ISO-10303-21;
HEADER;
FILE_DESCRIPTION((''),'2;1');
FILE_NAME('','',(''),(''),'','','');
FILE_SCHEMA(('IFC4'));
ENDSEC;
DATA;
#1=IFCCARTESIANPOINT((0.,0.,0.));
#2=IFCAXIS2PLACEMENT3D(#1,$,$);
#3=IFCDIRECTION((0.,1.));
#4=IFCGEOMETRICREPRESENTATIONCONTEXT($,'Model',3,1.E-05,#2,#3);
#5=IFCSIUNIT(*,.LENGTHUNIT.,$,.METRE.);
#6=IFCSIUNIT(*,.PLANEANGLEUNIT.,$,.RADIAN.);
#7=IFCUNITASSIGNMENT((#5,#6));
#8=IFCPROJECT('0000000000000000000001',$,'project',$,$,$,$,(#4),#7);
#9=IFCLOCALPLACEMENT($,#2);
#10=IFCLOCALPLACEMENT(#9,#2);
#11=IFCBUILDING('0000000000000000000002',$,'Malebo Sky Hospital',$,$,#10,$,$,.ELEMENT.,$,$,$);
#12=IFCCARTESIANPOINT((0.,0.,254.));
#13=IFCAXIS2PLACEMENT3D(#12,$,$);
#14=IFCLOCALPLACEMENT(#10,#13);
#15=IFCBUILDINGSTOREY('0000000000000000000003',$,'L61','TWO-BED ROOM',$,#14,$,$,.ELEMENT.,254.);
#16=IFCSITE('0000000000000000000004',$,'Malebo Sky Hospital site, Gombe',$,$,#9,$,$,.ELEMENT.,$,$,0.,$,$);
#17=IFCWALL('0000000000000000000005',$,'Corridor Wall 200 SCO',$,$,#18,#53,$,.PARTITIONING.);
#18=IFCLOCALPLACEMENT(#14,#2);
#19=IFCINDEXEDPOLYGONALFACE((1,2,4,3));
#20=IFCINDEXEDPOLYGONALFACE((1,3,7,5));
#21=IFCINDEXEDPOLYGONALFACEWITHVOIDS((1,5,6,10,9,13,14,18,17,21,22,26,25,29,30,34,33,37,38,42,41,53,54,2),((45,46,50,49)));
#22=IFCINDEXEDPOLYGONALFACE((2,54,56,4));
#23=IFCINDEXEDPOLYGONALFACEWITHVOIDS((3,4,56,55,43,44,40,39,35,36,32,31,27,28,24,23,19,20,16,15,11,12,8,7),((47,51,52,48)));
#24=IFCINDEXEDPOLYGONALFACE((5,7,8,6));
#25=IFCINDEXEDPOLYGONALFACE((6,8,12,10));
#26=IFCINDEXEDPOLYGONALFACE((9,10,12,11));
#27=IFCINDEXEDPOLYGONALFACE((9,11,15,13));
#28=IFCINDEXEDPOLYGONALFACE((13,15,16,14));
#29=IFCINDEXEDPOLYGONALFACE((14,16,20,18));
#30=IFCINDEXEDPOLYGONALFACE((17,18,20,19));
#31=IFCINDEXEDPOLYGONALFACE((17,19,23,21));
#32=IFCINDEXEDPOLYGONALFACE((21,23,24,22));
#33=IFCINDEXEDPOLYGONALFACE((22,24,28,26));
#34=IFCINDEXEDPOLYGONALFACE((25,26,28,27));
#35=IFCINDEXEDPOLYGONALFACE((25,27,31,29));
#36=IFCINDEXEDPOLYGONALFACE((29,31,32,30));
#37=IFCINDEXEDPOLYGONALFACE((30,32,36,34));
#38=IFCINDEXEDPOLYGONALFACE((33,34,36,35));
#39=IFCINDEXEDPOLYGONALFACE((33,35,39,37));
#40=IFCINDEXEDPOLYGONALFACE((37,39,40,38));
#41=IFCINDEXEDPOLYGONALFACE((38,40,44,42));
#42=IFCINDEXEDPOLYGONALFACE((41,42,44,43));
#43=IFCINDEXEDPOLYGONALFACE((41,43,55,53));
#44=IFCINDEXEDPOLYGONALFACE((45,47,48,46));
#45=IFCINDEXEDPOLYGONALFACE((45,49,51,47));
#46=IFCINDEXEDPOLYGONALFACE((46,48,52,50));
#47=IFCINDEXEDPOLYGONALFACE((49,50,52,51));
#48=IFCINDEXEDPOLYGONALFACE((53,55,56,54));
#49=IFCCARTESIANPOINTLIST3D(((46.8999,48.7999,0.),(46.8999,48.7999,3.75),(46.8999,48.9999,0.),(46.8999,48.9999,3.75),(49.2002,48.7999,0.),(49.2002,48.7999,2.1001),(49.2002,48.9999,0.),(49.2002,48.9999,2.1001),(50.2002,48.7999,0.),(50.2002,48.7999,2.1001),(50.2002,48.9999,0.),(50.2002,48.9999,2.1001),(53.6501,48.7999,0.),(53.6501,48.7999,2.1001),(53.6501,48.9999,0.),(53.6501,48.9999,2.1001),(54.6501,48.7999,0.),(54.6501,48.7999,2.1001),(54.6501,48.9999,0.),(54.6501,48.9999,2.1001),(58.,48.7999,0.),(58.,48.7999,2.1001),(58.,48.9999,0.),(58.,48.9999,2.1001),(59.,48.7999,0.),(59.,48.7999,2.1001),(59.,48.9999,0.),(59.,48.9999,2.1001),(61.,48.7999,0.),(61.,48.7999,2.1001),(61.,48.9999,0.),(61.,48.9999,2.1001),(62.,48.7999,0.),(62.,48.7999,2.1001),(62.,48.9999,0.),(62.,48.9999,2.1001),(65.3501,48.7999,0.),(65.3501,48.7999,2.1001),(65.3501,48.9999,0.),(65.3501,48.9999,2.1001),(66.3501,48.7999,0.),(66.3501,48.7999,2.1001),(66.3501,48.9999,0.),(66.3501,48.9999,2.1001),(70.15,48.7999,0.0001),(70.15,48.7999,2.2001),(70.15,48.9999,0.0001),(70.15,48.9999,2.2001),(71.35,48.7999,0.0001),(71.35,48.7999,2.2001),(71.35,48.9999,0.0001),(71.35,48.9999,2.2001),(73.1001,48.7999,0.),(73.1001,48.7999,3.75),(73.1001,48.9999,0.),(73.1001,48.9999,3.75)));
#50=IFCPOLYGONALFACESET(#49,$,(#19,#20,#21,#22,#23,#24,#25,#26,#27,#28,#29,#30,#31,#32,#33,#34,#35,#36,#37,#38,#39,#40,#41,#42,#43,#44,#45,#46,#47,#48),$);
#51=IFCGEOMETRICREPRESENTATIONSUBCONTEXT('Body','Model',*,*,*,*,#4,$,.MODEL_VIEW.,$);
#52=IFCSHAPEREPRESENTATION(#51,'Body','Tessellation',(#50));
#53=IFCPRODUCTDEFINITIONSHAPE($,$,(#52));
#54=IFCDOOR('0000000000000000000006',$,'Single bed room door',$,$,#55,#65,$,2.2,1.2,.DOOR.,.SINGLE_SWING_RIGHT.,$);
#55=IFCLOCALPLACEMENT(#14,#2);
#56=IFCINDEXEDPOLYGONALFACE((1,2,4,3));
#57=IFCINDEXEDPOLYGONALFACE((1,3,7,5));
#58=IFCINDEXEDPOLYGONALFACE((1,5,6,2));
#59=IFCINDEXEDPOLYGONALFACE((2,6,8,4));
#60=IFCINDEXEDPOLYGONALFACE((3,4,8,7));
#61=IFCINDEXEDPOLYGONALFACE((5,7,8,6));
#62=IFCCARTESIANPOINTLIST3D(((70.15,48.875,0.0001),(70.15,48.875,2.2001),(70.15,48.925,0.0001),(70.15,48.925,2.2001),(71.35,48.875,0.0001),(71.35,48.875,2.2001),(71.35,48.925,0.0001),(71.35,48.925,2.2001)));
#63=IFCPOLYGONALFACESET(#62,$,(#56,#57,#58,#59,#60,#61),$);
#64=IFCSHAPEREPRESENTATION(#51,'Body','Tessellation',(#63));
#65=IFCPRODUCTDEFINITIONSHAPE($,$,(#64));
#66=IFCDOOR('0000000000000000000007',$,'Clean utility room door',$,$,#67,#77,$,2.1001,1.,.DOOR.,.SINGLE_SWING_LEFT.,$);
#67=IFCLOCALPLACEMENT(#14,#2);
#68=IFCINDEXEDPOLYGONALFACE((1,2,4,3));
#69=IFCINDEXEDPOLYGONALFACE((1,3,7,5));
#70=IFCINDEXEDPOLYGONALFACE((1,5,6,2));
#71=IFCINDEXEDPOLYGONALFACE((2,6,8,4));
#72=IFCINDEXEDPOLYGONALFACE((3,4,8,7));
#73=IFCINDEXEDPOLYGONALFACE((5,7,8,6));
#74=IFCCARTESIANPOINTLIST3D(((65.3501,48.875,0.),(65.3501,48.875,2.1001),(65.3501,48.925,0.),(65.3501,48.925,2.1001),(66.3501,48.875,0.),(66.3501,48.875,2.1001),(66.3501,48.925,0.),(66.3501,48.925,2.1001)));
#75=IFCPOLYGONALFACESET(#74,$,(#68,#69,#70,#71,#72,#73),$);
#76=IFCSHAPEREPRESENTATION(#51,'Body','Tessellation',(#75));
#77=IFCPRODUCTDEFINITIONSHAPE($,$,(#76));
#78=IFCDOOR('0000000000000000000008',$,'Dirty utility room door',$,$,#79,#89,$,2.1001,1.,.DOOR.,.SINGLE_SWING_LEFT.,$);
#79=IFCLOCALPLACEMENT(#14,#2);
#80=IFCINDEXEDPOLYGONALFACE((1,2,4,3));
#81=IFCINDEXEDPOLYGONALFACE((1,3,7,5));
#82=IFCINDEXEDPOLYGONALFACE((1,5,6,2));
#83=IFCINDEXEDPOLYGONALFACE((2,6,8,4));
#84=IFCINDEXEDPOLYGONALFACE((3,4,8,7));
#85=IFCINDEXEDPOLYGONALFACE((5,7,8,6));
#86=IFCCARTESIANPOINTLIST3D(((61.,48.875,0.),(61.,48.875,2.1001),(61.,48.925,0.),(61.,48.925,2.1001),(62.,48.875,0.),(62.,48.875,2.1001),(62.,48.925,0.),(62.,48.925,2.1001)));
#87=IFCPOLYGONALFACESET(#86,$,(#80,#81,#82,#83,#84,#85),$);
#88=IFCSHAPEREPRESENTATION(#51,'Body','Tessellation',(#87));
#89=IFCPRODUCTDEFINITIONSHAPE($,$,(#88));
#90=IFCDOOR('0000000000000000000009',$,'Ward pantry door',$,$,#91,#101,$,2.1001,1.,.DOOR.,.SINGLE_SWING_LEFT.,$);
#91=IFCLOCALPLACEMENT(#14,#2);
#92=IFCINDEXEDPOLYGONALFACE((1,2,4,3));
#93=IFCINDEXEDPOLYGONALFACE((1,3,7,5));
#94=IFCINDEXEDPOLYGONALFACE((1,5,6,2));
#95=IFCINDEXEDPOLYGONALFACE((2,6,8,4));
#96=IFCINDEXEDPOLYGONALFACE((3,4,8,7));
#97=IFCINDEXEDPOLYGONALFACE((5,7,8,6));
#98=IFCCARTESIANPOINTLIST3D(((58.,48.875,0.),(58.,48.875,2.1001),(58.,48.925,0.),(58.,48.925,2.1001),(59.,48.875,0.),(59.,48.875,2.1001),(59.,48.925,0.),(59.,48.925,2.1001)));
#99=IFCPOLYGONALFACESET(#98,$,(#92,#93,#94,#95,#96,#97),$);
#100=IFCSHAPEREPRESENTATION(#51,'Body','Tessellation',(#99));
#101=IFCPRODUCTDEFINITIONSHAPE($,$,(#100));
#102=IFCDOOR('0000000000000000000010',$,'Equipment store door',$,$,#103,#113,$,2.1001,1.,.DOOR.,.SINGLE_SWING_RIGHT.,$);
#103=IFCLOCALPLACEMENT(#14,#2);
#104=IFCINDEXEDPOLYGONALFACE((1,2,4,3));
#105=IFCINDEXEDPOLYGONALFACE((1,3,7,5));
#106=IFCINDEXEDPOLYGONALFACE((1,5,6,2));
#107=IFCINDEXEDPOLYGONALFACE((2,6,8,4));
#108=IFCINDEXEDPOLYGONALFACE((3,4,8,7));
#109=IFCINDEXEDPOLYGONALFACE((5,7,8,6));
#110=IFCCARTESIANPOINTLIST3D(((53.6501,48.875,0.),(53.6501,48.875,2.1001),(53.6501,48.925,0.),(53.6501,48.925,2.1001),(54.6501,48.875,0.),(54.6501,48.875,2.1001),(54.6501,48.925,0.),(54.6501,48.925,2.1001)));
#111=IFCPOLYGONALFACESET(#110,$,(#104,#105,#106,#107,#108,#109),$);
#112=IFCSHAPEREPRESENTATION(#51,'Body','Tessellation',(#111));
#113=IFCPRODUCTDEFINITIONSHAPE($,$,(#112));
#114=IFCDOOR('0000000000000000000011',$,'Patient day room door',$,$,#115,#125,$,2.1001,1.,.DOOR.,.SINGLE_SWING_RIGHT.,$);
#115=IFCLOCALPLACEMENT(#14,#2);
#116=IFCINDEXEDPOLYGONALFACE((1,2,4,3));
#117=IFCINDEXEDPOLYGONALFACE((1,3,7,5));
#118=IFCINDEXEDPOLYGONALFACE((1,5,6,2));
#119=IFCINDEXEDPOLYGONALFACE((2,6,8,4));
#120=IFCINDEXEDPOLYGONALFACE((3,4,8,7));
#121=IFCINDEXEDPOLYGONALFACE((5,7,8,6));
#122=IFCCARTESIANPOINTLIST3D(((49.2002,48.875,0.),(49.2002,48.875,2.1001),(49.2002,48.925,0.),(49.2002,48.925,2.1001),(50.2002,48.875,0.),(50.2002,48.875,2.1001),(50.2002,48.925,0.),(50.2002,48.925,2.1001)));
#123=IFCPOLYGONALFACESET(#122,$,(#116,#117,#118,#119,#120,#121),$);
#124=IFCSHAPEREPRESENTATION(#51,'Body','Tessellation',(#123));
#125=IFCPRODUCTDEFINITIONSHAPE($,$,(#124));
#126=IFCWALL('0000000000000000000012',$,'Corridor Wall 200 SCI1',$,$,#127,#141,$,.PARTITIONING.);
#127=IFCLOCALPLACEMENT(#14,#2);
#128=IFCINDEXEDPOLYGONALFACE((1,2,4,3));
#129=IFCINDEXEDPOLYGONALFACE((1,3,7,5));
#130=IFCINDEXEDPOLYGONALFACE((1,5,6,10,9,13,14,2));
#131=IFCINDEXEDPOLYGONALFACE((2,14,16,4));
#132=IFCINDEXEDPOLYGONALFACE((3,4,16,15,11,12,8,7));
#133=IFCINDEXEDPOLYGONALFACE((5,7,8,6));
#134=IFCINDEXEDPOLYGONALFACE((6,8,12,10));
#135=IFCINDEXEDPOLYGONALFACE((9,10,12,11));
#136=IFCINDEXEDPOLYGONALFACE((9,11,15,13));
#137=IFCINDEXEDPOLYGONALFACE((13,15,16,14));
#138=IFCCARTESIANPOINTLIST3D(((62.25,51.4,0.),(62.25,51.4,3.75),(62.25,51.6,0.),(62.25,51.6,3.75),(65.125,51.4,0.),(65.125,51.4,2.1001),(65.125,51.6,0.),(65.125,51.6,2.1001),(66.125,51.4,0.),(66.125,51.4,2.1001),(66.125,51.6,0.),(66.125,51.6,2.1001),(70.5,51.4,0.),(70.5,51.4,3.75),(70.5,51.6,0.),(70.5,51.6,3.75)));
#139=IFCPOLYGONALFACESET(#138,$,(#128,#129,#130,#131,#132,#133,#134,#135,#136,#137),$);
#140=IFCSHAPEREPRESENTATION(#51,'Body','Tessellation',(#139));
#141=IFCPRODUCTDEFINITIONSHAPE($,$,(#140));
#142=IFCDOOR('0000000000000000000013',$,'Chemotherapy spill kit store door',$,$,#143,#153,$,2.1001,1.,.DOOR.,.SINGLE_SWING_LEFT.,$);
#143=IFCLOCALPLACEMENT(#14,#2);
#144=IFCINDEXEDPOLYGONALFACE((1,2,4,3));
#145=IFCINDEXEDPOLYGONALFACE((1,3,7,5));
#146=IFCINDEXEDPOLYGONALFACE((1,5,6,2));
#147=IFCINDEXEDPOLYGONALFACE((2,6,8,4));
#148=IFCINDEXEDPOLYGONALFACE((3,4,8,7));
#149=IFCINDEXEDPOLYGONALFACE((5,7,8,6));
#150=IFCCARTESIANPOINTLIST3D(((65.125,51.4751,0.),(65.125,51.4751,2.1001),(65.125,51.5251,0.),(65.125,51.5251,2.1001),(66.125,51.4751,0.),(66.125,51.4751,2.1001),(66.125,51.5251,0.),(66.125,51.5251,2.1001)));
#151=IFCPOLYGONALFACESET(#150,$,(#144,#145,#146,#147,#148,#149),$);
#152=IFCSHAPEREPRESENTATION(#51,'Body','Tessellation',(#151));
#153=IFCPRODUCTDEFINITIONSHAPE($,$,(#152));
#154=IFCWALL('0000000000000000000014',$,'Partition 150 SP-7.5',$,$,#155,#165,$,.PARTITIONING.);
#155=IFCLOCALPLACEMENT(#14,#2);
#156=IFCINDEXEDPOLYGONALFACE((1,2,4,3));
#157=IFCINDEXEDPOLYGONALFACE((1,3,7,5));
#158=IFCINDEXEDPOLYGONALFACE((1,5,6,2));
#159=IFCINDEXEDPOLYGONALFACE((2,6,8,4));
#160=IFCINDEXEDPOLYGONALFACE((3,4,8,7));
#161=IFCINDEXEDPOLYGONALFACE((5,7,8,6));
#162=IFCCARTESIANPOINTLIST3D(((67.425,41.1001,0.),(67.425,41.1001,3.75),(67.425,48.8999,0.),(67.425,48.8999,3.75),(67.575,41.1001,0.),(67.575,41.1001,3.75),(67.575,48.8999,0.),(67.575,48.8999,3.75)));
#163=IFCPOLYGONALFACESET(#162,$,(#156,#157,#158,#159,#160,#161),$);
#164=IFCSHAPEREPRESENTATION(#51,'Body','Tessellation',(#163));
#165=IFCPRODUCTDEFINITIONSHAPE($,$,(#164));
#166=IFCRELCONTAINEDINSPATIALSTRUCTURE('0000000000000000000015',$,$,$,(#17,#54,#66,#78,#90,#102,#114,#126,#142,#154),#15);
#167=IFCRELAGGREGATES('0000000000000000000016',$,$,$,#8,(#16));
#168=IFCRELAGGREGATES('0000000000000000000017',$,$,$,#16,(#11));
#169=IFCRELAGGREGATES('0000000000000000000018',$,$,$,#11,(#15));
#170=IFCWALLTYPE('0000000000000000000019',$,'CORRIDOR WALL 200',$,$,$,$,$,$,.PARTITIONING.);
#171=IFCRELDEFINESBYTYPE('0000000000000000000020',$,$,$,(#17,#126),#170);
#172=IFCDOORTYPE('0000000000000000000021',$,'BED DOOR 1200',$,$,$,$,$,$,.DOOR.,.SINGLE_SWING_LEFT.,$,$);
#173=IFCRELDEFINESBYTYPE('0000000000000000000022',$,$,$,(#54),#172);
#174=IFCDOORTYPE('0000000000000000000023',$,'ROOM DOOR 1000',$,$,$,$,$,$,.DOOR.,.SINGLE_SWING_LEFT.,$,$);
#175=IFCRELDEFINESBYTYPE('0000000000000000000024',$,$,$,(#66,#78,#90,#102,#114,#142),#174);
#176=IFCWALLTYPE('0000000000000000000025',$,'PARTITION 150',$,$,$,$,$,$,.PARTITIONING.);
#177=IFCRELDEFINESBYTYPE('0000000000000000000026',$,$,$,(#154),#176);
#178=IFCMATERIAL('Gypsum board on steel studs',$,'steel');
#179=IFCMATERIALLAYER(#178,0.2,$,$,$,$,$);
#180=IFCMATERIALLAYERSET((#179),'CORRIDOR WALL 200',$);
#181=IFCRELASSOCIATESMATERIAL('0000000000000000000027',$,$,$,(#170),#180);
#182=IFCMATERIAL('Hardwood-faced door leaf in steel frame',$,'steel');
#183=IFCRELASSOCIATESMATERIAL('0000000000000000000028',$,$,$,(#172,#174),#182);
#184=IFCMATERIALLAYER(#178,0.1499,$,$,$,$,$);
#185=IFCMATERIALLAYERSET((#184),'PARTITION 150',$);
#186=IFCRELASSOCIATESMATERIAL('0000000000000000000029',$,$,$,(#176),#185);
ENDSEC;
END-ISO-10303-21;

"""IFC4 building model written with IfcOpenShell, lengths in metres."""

from ifc_helpers import new_model, si_unit, direction, frame, frame_2d, origin, place, context, subcontext, project, spatial, rectangle, extrude, material, layer, layer_set, type_object, element, fill, save


model = new_model("IFC4")

# Units and contexts
model_context = context("Model", 3, precision=1e-05, world=origin(), true_north=direction((0.0, 1.0)))
body_context = subcontext(model_context, "Body", "Model", "MODEL_VIEW")
ifc_project = project(units=[si_unit("LENGTHUNIT", "METRE"), si_unit("PLANEANGLEUNIT", "RADIAN")], contexts=[model_context])

# Site, building, storey
site_placement = place(None, origin())
site = spatial("IfcSite", under=ifc_project, at=site_placement, Name="Malebo Sky Hospital site, Gombe", CompositionType="ELEMENT", RefElevation=0.0)
building_placement = place(site_placement, origin())
building = spatial("IfcBuilding", under=site, at=building_placement, Name="Malebo Sky Hospital", CompositionType="ELEMENT")
storey_placement = place(building_placement, frame((0.0, 0.0, 254.0)))
storey = spatial("IfcBuildingStorey", under=building, at=storey_placement, Name="L61", Description="TWO-BED ROOM", CompositionType="ELEMENT", Elevation=254.0)

# Shared definitions
ifc_material_1 = material(Name="Hardwood-faced door leaf in steel frame", Category="steel")

# Wall, openings, doors
ifc_material_2 = material(Name="Gypsum board on steel studs", Category="steel")
ifc_layer_1 = layer(ifc_material_2, 0.2)
ifc_layer_set_1 = layer_set([ifc_layer_1], Name="CORRIDOR WALL 200")
wall_type_1 = type_object("IfcWallType", Name="CORRIDOR WALL 200", PredefinedType="PARTITIONING", material=ifc_layer_set_1)
wall_1_placement = place(storey_placement, frame((73.1001, 48.8999, 0.0), z_axis=(0.0, 0.0, 1.0), x_axis=(-1.0, 0.0, 0.0)))
wall_1 = element("IfcWall", 1, at=wall_1_placement, inside=storey, type_object=wall_type_1, Name="Corridor Wall 200 SCO", PredefinedType="PARTITIONING", context=body_context, shape_type="SweptSolid", body=[
    extrude(rectangle(XDim=26.2002, YDim=0.2, at=frame_2d((13.1001, 0.0))), origin(), (0.0, 0.0, 1.0), 3.75),
])
opening_1_placement = place(wall_1_placement, frame((1.75, 0.0, 0.0)))
opening_1 = element("IfcOpeningElement", 2, at=opening_1_placement, cuts=wall_1, PredefinedType="OPENING", context=body_context, shape_type="SweptSolid", body=[
    extrude(rectangle(XDim=1.2, YDim=2.2, at=frame_2d((0.6001, 1.1001))), frame((0.0, 0.1099, 0.0), z_axis=(0.0, -1.0, 0.0), x_axis=(1.0, 0.0, 0.0)), (0.0, 0.0, 1.0), 0.22),
])
opening_2_placement = place(wall_1_placement, frame((6.75, 0.0, 0.0)))
opening_2 = element("IfcOpeningElement", 3, at=opening_2_placement, cuts=wall_1, PredefinedType="OPENING", context=body_context, shape_type="SweptSolid", body=[
    extrude(rectangle(XDim=1.0, YDim=2.1001, at=frame_2d((0.5, 1.05))), frame((0.0, 0.1099, 0.0), z_axis=(0.0, -1.0, 0.0), x_axis=(1.0, 0.0, 0.0)), (0.0, 0.0, 1.0), 0.22),
])
opening_3_placement = place(wall_1_placement, frame((11.1001, 0.0, 0.0)))
opening_3 = element("IfcOpeningElement", 4, at=opening_3_placement, cuts=wall_1, PredefinedType="OPENING", context=body_context, shape_type="SweptSolid", body=[
    extrude(rectangle(XDim=1.0, YDim=2.1001, at=frame_2d((0.5, 1.05))), frame((0.0, 0.1099, 0.0), z_axis=(0.0, -1.0, 0.0), x_axis=(1.0, 0.0, 0.0)), (0.0, 0.0, 1.0), 0.22),
])
opening_4_placement = place(wall_1_placement, frame((14.1001, 0.0, 0.0)))
opening_4 = element("IfcOpeningElement", 5, at=opening_4_placement, cuts=wall_1, PredefinedType="OPENING", context=body_context, shape_type="SweptSolid", body=[
    extrude(rectangle(XDim=1.0, YDim=2.1001, at=frame_2d((0.5, 1.05))), frame((0.0, 0.1099, 0.0), z_axis=(0.0, -1.0, 0.0), x_axis=(1.0, 0.0, 0.0)), (0.0, 0.0, 1.0), 0.22),
])
opening_5_placement = place(wall_1_placement, frame((18.45, 0.0, 0.0)))
opening_5 = element("IfcOpeningElement", 6, at=opening_5_placement, cuts=wall_1, PredefinedType="OPENING", context=body_context, shape_type="SweptSolid", body=[
    extrude(rectangle(XDim=1.0, YDim=2.1001, at=frame_2d((0.5, 1.05))), frame((0.0, 0.1099, 0.0), z_axis=(0.0, -1.0, 0.0), x_axis=(1.0, 0.0, 0.0)), (0.0, 0.0, 1.0), 0.22),
])
opening_6_placement = place(wall_1_placement, frame((22.8999, 0.0, 0.0)))
opening_6 = element("IfcOpeningElement", 7, at=opening_6_placement, cuts=wall_1, PredefinedType="OPENING", context=body_context, shape_type="SweptSolid", body=[
    extrude(rectangle(XDim=1.0, YDim=2.1001, at=frame_2d((0.5, 1.05))), frame((0.0, 0.1099, 0.0), z_axis=(0.0, -1.0, 0.0), x_axis=(1.0, 0.0, 0.0)), (0.0, 0.0, 1.0), 0.22),
])
door_type_1 = type_object("IfcDoorType", Name="BED DOOR 1200", OperationType="SINGLE_SWING_LEFT", PredefinedType="DOOR", material=ifc_material_1)
door_1_placement = place(opening_1_placement, origin())
door_1 = element("IfcDoor", 8, at=door_1_placement, inside=storey, type_object=door_type_1, Name="Single bed room door", OperationType="SINGLE_SWING_RIGHT", OverallHeight=2.2, OverallWidth=1.2, PredefinedType="DOOR", context=body_context, shape_type="SweptSolid", body=[
    extrude(rectangle(XDim=1.2, YDim=2.2, at=frame_2d((0.6001, 1.1001))), frame((0.0, 0.0249, 0.0), z_axis=(0.0, -1.0, 0.0), x_axis=(1.0, 0.0, 0.0)), (0.0, 0.0, 1.0), 0.05),
])
fill(opening_1, door_1)
door_type_2 = type_object("IfcDoorType", Name="ROOM DOOR 1000", OperationType="SINGLE_SWING_LEFT", PredefinedType="DOOR", material=ifc_material_1)
door_2_placement = place(opening_2_placement, origin())
door_2 = element("IfcDoor", 9, at=door_2_placement, inside=storey, type_object=door_type_2, Name="Clean utility room door", OperationType="SINGLE_SWING_LEFT", OverallHeight=2.1001, OverallWidth=1.0, PredefinedType="DOOR", context=body_context, shape_type="SweptSolid", body=[
    extrude(rectangle(XDim=1.0, YDim=2.1001, at=frame_2d((0.5, 1.05))), frame((0.0, 0.0249, 0.0), z_axis=(0.0, -1.0, 0.0), x_axis=(1.0, 0.0, 0.0)), (0.0, 0.0, 1.0), 0.05),
])
fill(opening_2, door_2)
door_3_placement = place(opening_3_placement, origin())
door_3 = element("IfcDoor", 10, at=door_3_placement, inside=storey, type_object=door_type_2, Name="Dirty utility room door", OperationType="SINGLE_SWING_LEFT", OverallHeight=2.1001, OverallWidth=1.0, PredefinedType="DOOR", context=body_context, shape_type="SweptSolid", body=[
    extrude(rectangle(XDim=1.0, YDim=2.1001, at=frame_2d((0.5, 1.05))), frame((0.0, 0.0249, 0.0), z_axis=(0.0, -1.0, 0.0), x_axis=(1.0, 0.0, 0.0)), (0.0, 0.0, 1.0), 0.05),
])
fill(opening_3, door_3)
door_4_placement = place(opening_4_placement, origin())
door_4 = element("IfcDoor", 11, at=door_4_placement, inside=storey, type_object=door_type_2, Name="Ward pantry door", OperationType="SINGLE_SWING_LEFT", OverallHeight=2.1001, OverallWidth=1.0, PredefinedType="DOOR", context=body_context, shape_type="SweptSolid", body=[
    extrude(rectangle(XDim=1.0, YDim=2.1001, at=frame_2d((0.5, 1.05))), frame((0.0, 0.0249, 0.0), z_axis=(0.0, -1.0, 0.0), x_axis=(1.0, 0.0, 0.0)), (0.0, 0.0, 1.0), 0.05),
])
fill(opening_4, door_4)
door_5_placement = place(opening_5_placement, origin())
door_5 = element("IfcDoor", 12, at=door_5_placement, inside=storey, type_object=door_type_2, Name="Equipment store door", OperationType="SINGLE_SWING_RIGHT", OverallHeight=2.1001, OverallWidth=1.0, PredefinedType="DOOR", context=body_context, shape_type="SweptSolid", body=[
    extrude(rectangle(XDim=1.0, YDim=2.1001, at=frame_2d((0.5, 1.05))), frame((0.0, 0.0249, 0.0), z_axis=(0.0, -1.0, 0.0), x_axis=(1.0, 0.0, 0.0)), (0.0, 0.0, 1.0), 0.05),
])
fill(opening_5, door_5)
door_6_placement = place(opening_6_placement, origin())
door_6 = element("IfcDoor", 13, at=door_6_placement, inside=storey, type_object=door_type_2, Name="Patient day room door", OperationType="SINGLE_SWING_RIGHT", OverallHeight=2.1001, OverallWidth=1.0, PredefinedType="DOOR", context=body_context, shape_type="SweptSolid", body=[
    extrude(rectangle(XDim=1.0, YDim=2.1001, at=frame_2d((0.5, 1.05))), frame((0.0, 0.0249, 0.0), z_axis=(0.0, -1.0, 0.0), x_axis=(1.0, 0.0, 0.0)), (0.0, 0.0, 1.0), 0.05),
])
fill(opening_6, door_6)

# Wall, opening, door
wall_2_placement = place(storey_placement, frame((70.5, 51.5, 0.0), z_axis=(0.0, 0.0, 1.0), x_axis=(-1.0, 0.0, 0.0)))
wall_2 = element("IfcWall", 14, at=wall_2_placement, inside=storey, type_object=wall_type_1, Name="Corridor Wall 200 SCI1", PredefinedType="PARTITIONING", context=body_context, shape_type="SweptSolid", body=[
    extrude(rectangle(XDim=8.25, YDim=0.2, at=frame_2d((4.125, 0.0))), origin(), (0.0, 0.0, 1.0), 3.75),
])
opening_7_placement = place(wall_2_placement, frame((4.375, 0.0, 0.0)))
opening_7 = element("IfcOpeningElement", 15, at=opening_7_placement, cuts=wall_2, PredefinedType="OPENING", context=body_context, shape_type="SweptSolid", body=[
    extrude(rectangle(XDim=1.0, YDim=2.1001, at=frame_2d((0.5, 1.05))), frame((0.0, 0.1099, 0.0), z_axis=(0.0, -1.0, 0.0), x_axis=(1.0, 0.0, 0.0)), (0.0, 0.0, 1.0), 0.22),
])
door_7_placement = place(opening_7_placement, origin())
door_7 = element("IfcDoor", 16, at=door_7_placement, inside=storey, type_object=door_type_2, Name="Chemotherapy spill kit store door", OperationType="SINGLE_SWING_LEFT", OverallHeight=2.1001, OverallWidth=1.0, PredefinedType="DOOR", context=body_context, shape_type="SweptSolid", body=[
    extrude(rectangle(XDim=1.0, YDim=2.1001, at=frame_2d((0.5, 1.05))), frame((0.0, 0.0249, 0.0), z_axis=(0.0, -1.0, 0.0), x_axis=(1.0, 0.0, 0.0)), (0.0, 0.0, 1.0), 0.05),
])
fill(opening_7, door_7)

# Wall
ifc_layer_2 = layer(ifc_material_2, 0.1499)
ifc_layer_set_2 = layer_set([ifc_layer_2], Name="PARTITION 150")
wall_type_2 = type_object("IfcWallType", Name="PARTITION 150", PredefinedType="PARTITIONING", material=ifc_layer_set_2)
for number, where, z_axis, x_axis, name in (
    (17, (67.5, 48.8999, 0.0), (0.0, 0.0, 1.0), (0.0, -1.0, 0.0), "Partition 150 SP-7.5"),
):
    element("IfcWall", number, at=place(storey_placement, frame(where, z_axis=z_axis, x_axis=x_axis)), inside=storey, type_object=wall_type_2, Name=name, PredefinedType="PARTITIONING", context=body_context, shape_type="SweptSolid", body=[
        extrude(rectangle(XDim=7.7998, YDim=0.1499, at=frame_2d((3.8999, 0.0))), origin(), (0.0, 0.0, 1.0), 3.75),
    ])

save(model, "model.ifc")
